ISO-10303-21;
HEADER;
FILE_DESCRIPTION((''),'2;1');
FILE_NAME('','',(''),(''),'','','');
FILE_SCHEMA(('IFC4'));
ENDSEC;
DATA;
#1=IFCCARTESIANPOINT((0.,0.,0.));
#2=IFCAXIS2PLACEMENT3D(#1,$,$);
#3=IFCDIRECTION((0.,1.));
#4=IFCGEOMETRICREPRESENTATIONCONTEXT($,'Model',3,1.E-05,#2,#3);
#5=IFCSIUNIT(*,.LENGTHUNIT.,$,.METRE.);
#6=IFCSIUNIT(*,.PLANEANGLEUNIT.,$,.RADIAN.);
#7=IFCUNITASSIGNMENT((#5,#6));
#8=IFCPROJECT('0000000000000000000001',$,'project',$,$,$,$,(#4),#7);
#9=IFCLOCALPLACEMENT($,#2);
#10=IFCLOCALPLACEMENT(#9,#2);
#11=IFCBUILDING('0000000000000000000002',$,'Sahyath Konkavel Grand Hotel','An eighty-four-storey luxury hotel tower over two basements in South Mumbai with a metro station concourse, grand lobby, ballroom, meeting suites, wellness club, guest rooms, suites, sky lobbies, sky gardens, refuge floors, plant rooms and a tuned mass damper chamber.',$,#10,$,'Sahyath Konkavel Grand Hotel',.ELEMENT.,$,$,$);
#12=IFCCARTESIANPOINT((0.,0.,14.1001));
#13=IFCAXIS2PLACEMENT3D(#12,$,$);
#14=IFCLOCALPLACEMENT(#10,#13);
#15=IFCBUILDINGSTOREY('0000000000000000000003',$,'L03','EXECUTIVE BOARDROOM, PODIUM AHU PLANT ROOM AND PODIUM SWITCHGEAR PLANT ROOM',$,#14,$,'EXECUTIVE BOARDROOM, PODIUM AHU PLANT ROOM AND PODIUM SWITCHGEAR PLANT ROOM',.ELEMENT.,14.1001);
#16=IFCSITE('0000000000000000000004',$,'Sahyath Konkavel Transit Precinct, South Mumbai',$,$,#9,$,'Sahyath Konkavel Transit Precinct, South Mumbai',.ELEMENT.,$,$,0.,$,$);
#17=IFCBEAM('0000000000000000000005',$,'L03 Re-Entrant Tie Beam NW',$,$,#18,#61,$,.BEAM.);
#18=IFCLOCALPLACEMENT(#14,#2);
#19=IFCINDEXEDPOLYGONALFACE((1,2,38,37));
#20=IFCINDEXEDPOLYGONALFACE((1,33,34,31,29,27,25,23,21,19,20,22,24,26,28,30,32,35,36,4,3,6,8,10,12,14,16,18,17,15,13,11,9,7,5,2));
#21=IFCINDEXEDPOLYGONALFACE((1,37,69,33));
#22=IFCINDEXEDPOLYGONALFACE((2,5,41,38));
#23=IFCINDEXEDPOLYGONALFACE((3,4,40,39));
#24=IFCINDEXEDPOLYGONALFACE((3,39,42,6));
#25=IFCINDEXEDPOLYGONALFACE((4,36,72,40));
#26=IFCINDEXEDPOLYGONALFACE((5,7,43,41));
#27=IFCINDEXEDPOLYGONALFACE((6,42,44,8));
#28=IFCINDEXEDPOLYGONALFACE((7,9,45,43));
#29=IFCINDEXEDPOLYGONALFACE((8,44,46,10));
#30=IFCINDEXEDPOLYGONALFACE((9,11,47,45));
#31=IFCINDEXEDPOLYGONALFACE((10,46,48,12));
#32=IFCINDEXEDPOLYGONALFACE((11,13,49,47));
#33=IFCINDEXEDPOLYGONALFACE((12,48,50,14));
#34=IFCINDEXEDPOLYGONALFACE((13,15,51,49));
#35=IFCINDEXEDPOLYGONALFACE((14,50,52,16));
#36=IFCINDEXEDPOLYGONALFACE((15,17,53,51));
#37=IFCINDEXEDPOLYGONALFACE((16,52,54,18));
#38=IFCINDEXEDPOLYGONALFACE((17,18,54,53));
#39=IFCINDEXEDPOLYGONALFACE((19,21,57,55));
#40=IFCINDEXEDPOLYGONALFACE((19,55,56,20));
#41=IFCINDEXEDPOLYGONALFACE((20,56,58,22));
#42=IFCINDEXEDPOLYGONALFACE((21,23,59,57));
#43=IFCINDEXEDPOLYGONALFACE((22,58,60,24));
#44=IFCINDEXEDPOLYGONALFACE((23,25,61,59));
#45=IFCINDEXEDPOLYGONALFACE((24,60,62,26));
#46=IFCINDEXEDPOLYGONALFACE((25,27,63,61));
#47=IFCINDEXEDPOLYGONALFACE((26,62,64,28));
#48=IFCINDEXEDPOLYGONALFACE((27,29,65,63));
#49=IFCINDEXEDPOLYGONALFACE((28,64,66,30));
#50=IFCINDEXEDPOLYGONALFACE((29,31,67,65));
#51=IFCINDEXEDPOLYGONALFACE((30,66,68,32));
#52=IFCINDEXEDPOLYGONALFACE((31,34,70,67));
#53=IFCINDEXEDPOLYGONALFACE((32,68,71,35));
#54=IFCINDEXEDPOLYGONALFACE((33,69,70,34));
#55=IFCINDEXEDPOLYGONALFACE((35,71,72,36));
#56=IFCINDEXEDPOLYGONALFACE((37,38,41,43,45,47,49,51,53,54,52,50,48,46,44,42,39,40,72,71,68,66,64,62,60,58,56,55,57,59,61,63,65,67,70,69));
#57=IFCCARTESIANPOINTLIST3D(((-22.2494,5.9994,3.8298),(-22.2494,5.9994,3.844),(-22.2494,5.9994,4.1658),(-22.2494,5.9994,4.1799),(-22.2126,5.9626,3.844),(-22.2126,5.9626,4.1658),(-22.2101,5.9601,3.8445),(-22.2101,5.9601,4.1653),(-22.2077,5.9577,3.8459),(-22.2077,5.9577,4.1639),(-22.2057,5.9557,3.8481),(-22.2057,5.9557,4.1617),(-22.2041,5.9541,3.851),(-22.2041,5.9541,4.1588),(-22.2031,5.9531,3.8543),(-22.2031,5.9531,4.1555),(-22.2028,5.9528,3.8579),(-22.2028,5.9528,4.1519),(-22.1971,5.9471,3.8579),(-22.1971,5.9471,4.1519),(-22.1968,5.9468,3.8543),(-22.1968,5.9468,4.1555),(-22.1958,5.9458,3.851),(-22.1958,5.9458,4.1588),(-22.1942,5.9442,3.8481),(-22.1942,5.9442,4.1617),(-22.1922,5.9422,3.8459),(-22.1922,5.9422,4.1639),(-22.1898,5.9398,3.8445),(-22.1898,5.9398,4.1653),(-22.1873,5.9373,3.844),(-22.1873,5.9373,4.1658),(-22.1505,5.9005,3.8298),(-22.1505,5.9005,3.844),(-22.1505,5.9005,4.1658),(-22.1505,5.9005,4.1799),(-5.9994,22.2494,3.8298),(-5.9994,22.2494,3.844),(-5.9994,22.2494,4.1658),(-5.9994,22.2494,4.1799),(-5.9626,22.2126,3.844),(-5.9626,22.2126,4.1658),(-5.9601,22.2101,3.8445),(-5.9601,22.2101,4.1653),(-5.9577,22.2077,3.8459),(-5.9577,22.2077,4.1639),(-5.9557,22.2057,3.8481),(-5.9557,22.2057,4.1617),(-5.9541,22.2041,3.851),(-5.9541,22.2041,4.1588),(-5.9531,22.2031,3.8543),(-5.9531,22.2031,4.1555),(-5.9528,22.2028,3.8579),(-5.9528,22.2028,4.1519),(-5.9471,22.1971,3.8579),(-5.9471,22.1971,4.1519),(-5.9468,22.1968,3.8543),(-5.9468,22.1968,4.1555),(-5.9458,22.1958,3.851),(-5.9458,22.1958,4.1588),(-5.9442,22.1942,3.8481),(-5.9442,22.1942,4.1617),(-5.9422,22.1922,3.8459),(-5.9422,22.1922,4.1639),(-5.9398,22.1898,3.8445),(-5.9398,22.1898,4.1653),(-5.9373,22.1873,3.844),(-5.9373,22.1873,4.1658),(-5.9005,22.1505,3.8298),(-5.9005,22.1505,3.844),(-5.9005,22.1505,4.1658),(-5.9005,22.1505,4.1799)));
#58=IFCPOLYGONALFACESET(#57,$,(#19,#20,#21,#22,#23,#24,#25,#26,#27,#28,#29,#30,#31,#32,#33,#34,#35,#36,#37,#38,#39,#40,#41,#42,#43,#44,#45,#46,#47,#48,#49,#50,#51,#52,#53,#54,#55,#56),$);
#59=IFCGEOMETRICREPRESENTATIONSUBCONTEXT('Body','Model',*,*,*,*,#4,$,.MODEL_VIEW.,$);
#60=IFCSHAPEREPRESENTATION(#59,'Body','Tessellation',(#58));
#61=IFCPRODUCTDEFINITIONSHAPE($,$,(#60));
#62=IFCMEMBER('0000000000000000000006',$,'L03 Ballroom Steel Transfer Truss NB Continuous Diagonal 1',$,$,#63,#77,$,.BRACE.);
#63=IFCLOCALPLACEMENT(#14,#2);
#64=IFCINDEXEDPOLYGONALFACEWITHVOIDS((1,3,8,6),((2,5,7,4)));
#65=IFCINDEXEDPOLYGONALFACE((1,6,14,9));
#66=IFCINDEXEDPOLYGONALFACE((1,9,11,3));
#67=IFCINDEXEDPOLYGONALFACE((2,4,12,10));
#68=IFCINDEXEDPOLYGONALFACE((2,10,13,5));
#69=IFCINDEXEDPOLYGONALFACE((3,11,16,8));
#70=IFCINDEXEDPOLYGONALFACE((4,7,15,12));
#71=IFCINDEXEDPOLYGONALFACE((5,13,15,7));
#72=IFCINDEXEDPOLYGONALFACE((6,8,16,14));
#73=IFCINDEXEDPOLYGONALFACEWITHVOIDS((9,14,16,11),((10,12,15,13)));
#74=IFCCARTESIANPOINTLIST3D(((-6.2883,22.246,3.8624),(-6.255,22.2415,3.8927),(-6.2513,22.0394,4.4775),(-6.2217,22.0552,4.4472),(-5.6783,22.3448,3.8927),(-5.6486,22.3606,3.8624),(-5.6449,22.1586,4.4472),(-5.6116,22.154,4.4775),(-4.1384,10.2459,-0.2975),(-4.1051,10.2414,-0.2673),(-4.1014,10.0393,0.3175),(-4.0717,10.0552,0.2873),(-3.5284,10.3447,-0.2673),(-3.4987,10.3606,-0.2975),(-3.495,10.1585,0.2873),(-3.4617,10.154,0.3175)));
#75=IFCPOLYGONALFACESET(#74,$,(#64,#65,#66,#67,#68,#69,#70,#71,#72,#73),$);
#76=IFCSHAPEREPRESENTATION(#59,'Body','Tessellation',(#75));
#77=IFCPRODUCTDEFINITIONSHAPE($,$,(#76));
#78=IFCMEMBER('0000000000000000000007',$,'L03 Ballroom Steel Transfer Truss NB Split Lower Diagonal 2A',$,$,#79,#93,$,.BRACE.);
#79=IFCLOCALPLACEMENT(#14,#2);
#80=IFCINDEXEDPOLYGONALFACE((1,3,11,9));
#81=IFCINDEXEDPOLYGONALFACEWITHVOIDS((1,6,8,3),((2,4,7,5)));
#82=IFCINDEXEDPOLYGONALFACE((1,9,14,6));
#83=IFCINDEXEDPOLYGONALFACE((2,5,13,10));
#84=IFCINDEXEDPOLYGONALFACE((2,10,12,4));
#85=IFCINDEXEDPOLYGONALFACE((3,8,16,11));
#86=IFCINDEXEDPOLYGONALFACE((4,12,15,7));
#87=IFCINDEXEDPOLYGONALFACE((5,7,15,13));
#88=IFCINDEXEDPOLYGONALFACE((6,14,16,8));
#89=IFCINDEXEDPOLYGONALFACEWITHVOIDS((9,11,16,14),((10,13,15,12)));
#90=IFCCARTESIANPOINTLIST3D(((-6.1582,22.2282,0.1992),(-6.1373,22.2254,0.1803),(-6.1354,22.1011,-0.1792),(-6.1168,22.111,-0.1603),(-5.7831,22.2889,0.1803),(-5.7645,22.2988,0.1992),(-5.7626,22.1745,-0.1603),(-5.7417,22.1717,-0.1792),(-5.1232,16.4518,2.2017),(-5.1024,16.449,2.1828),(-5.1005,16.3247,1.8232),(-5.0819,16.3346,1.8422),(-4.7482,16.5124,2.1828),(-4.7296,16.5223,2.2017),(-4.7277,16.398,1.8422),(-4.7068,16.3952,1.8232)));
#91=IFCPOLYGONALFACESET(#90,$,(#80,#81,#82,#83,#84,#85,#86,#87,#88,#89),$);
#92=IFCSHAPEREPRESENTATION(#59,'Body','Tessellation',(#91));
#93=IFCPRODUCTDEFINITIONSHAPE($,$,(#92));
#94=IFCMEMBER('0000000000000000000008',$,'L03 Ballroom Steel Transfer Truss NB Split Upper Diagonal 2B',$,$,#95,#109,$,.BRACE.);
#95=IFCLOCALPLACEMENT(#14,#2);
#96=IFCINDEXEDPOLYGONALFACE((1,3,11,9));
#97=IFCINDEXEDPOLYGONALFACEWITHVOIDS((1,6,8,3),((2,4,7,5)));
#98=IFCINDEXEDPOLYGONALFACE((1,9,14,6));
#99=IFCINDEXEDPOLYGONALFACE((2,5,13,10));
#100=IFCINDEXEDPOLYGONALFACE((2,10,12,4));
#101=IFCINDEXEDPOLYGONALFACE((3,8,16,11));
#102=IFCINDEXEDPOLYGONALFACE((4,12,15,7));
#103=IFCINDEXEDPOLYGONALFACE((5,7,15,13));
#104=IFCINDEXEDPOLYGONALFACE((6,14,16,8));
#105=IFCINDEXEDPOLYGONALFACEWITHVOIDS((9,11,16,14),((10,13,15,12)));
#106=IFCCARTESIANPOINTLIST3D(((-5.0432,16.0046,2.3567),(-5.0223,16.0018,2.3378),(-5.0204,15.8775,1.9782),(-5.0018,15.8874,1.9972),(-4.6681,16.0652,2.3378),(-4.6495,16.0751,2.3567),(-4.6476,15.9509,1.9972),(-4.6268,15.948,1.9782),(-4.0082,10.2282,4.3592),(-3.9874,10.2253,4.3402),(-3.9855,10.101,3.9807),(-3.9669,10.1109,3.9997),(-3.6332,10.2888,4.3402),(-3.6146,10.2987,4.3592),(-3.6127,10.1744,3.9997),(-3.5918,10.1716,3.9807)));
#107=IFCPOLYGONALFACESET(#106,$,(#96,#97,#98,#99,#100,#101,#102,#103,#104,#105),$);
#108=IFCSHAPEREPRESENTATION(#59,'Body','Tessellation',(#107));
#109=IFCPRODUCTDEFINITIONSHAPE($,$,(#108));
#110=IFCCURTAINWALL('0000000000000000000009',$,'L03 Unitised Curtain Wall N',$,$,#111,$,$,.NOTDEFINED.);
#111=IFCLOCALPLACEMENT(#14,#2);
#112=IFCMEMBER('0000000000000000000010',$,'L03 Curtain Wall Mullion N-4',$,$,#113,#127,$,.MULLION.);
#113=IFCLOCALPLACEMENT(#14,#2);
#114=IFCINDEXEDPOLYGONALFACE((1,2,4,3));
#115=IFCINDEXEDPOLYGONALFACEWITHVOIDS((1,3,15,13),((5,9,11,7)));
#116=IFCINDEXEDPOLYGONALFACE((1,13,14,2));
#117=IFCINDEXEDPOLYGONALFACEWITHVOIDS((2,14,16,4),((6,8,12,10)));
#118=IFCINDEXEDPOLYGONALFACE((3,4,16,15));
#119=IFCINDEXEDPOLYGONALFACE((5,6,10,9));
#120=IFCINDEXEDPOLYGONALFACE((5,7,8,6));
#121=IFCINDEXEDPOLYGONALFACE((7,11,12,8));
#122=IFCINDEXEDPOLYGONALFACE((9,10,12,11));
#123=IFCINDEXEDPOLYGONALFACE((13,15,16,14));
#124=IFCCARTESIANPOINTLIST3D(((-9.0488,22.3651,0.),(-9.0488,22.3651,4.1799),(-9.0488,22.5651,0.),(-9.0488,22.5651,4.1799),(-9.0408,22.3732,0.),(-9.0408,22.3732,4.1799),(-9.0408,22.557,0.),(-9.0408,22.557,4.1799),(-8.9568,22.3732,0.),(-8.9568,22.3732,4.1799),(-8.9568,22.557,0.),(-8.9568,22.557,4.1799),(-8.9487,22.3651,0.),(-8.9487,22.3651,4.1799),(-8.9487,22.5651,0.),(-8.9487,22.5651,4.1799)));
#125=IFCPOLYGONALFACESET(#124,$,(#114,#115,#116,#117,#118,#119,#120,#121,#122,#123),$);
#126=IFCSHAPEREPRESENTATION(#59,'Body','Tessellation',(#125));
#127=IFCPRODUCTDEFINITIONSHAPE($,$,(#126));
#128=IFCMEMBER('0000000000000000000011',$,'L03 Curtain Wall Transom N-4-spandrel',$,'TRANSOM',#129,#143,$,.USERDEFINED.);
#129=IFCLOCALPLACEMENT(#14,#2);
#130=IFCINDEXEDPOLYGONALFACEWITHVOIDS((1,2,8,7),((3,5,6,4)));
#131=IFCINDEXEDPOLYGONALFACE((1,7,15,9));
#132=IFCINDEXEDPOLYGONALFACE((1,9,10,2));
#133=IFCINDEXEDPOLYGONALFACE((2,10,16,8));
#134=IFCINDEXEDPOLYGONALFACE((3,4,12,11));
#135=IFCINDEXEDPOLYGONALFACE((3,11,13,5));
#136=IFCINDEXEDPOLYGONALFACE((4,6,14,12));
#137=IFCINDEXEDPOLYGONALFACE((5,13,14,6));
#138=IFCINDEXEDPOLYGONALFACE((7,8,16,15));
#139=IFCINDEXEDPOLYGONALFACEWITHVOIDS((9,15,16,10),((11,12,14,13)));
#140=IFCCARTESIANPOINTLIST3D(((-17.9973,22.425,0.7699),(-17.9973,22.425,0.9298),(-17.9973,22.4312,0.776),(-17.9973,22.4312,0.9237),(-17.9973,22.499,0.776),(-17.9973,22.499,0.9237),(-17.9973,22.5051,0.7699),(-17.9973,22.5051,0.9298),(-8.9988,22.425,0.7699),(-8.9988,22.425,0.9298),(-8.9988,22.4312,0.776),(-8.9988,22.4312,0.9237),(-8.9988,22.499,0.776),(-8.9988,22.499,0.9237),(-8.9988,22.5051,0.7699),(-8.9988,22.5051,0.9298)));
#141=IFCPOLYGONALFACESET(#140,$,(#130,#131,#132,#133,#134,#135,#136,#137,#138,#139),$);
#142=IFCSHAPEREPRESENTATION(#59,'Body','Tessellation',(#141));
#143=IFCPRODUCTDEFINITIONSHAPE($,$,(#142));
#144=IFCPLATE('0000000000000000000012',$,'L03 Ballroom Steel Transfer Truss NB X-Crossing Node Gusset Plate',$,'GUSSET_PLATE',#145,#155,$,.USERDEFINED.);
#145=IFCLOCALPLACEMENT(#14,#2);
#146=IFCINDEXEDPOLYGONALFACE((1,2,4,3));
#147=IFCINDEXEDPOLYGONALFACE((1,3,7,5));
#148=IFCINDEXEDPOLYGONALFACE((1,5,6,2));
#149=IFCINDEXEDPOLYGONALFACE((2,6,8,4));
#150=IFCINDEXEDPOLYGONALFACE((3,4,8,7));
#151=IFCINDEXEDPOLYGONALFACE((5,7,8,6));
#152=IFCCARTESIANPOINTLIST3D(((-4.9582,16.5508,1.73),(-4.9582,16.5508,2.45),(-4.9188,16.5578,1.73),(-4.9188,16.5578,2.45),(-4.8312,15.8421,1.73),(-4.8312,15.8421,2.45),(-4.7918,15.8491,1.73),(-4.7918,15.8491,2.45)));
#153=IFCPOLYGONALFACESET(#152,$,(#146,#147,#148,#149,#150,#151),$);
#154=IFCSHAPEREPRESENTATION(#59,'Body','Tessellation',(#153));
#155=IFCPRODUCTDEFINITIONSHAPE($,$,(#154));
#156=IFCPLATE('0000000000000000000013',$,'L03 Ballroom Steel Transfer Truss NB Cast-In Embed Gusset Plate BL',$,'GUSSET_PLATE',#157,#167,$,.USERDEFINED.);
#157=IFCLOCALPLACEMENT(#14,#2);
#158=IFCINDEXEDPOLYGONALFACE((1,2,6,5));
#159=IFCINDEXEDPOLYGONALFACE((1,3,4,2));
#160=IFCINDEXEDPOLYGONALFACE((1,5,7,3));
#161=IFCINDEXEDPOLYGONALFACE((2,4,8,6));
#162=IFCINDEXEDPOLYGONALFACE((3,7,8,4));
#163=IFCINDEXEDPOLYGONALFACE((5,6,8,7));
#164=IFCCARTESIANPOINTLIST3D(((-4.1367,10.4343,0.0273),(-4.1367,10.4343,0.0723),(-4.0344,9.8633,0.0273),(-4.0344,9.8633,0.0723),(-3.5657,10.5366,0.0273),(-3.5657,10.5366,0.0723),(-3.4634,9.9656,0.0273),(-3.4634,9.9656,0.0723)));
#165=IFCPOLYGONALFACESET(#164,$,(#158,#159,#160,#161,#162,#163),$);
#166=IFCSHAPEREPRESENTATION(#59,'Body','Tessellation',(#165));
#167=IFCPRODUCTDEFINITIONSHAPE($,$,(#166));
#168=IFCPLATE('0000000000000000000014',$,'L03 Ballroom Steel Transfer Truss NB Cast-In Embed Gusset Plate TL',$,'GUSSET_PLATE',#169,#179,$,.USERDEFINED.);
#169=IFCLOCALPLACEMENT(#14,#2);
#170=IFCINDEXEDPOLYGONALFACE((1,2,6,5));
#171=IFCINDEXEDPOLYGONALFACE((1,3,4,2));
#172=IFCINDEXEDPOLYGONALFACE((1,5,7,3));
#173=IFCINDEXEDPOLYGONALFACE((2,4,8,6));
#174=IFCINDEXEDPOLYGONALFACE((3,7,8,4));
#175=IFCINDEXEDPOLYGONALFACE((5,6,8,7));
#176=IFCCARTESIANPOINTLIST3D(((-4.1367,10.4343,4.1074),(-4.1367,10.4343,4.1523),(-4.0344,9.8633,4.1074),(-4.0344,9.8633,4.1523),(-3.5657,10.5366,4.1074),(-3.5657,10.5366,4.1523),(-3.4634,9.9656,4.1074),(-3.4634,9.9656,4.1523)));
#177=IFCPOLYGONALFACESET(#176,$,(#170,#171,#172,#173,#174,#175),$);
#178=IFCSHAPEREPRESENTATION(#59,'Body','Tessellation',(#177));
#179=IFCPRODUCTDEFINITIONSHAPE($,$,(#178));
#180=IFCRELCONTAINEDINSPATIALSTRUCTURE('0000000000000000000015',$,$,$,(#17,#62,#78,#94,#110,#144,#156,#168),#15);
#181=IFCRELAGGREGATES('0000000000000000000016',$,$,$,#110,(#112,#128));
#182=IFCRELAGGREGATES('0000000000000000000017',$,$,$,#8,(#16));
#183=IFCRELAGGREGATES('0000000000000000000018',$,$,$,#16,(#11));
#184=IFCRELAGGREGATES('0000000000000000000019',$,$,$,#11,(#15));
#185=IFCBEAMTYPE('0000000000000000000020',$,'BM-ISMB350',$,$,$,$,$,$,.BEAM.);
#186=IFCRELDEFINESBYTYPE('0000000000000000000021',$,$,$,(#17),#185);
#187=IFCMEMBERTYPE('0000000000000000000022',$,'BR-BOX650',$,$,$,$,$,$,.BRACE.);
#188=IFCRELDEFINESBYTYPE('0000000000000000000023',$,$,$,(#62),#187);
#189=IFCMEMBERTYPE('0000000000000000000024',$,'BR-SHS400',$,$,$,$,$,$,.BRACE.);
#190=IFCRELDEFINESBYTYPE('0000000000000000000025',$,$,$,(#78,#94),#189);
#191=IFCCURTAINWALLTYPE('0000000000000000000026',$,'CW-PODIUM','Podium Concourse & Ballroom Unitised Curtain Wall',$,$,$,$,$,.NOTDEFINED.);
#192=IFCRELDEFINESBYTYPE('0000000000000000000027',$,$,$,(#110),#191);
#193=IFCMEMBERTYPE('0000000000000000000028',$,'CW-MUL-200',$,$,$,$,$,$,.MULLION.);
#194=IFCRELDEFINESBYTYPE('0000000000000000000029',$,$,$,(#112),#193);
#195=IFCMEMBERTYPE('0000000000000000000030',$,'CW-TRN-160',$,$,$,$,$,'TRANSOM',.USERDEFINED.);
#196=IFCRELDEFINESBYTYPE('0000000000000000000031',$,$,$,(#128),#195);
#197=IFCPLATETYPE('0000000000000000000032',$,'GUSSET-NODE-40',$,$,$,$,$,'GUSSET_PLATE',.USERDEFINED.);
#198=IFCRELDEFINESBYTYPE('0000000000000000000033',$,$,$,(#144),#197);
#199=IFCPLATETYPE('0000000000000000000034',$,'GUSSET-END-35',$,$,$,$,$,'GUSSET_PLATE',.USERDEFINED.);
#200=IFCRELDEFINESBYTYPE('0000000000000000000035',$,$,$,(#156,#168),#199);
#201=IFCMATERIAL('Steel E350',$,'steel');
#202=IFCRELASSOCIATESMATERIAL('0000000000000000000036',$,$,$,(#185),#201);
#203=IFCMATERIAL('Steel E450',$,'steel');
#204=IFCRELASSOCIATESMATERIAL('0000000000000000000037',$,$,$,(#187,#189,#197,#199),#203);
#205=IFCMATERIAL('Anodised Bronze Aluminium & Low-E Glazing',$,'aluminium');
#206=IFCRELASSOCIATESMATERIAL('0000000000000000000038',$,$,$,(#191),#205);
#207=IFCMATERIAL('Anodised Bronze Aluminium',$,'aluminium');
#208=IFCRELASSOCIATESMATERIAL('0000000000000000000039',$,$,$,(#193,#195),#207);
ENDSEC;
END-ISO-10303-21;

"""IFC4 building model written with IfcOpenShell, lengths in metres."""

from ifc_helpers import new_model, si_unit, direction, frame, origin, origin_2d, place, context, subcontext, project, spatial, rectangle, hollow_rectangle, i_section, extrude, source, transform, mapped, material, material_profile, profile_set, type_object, element, aggregate, save


model = new_model("IFC4")

# Units and contexts
model_context = context("Model", 3, precision=1e-05, world=origin(), true_north=direction((0.0, 1.0)))
body_context = subcontext(model_context, "Body", "Model", "MODEL_VIEW")
ifc_project = project(units=[si_unit("LENGTHUNIT", "METRE"), si_unit("PLANEANGLEUNIT", "RADIAN")], contexts=[model_context])

# Site, building, storey
site_placement = place(None, origin())
site = spatial("IfcSite", under=ifc_project, at=site_placement, Name="Sahyath Konkavel Transit Precinct, South Mumbai", LongName="Sahyath Konkavel Transit Precinct, South Mumbai", CompositionType="ELEMENT", RefElevation=0.0)
building_placement = place(site_placement, origin())
building = spatial("IfcBuilding", under=site, at=building_placement, Name="Sahyath Konkavel Grand Hotel", Description="An eighty-four-storey luxury hotel tower over two basements in South Mumbai with a metro station concourse, grand lobby, ballroom, meeting suites, wellness club, guest rooms, suites, sky lobbies, sky gardens, refuge floors, plant rooms and a tuned mass damper chamber.", LongName="Sahyath Konkavel Grand Hotel", CompositionType="ELEMENT")
storey_placement = place(building_placement, frame((0.0, 0.0, 14.1001)))
storey = spatial("IfcBuildingStorey", under=building, at=storey_placement, Name="L03", Description="EXECUTIVE BOARDROOM, PODIUM AHU PLANT ROOM AND PODIUM SWITCHGEAR PLANT ROOM", LongName="EXECUTIVE BOARDROOM, PODIUM AHU PLANT ROOM AND PODIUM SWITCHGEAR PLANT ROOM", CompositionType="ELEMENT", Elevation=14.1001)

# Shared definitions
ifc_material_1 = material(Name="Steel E450", Category="steel")

# Beam
ifc_material_2 = material(Name="Steel E350", Category="steel")
ifc_material_profile_1 = material_profile(ifc_material_2, i_section(OverallWidth=0.1399, OverallDepth=0.3501, WebThickness=0.0081, FlangeThickness=0.0142, FilletRadius=0.0139, at=origin_2d()), Name="ISMB 350")
ifc_profile_set_1 = profile_set([ifc_material_profile_1], Name="Steel E350")
beam_type_1 = type_object("IfcBeamType", Name="BM-ISMB350", PredefinedType="BEAM", material=ifc_profile_set_1)
shared_shape_1 = source(origin(), body_context, "Body", "SweptSolid", [
    extrude(i_section(OverallWidth=0.1399, OverallDepth=0.3501, WebThickness=0.0081, FlangeThickness=0.0142, FilletRadius=0.0139, at=origin_2d()), origin(), (0.0, 0.0, 1.0), 22.981),
])
beam_1_placement = place(storey_placement, frame((-5.95, 22.2, 4.0049), z_axis=(-0.707107, -0.707107, 0.0), x_axis=(0.707107, -0.707107, 0.0)))
element("IfcBeam", 1, at=beam_1_placement, inside=storey, type_object=beam_type_1, Name="L03 Re-Entrant Tie Beam NW", PredefinedType="BEAM", context=body_context, shape_type="MappedRepresentation", body=[
    mapped(shared_shape_1, transform((0.0, 0.0, 0.0), scale=1.0)),
])

# Members
ifc_material_profile_2 = material_profile(ifc_material_1, hollow_rectangle(XDim=0.6499, YDim=0.6499, WallThickness=0.032, at=origin_2d()), Name="BOX 650x650x32")
ifc_profile_set_2 = profile_set([ifc_material_profile_2], Name="Steel E450")
member_type_1 = type_object("IfcMemberType", Name="BR-BOX650", PredefinedType="BRACE", material=ifc_profile_set_2)
shared_shape_2 = source(origin(), body_context, "Body", "SweptSolid", [
    extrude(hollow_rectangle(XDim=0.6499, YDim=0.6499, WallThickness=0.032, at=origin_2d()), origin(), (0.0, 0.0, 1.0), 12.8813),
])
member_1_placement = place(storey_placement, frame((-3.8, 10.2, 0.01), z_axis=(-0.166902, 0.931586, 0.322943), x_axis=(-0.984327, -0.176351, 0.0)))
element("IfcMember", 2, at=member_1_placement, inside=storey, type_object=member_type_1, Name="L03 Ballroom Steel Transfer Truss NB Continuous Diagonal 1", PredefinedType="BRACE", context=body_context, shape_type="MappedRepresentation", body=[
    mapped(shared_shape_2, transform((0.0, 0.0, 0.0), scale=1.0)),
])
ifc_material_profile_3 = material_profile(ifc_material_1, hollow_rectangle(XDim=0.3999, YDim=0.3999, WallThickness=0.02, at=origin_2d()), Name="SHS 400x400x20")
ifc_profile_set_3 = profile_set([ifc_material_profile_3], Name="Steel E450")
member_type_2 = type_object("IfcMemberType", Name="BR-SHS400", PredefinedType="BRACE", material=ifc_profile_set_3)
shared_shape_3 = source(origin(), body_context, "Body", "SweptSolid", [
    extrude(hollow_rectangle(XDim=0.3999, YDim=0.3999, WallThickness=0.02, at=origin_2d()), origin(), (0.0, 0.0, 1.0), 6.2007),
])
for number, where, z_axis, x_axis, name in (
    (3, (-5.95, 22.2, 0.01), (0.166906, -0.931584, 0.322944), (0.984327, 0.176355, 0.0), "L03 Ballroom Steel Transfer Truss NB Split Lower Diagonal 2A"),
    (4, (-4.835, 15.9763, 2.1675), (0.166906, -0.931584, 0.322944), (0.984327, 0.176355, 0.0), "L03 Ballroom Steel Transfer Truss NB Split Upper Diagonal 2B"),
):
    element("IfcMember", number, at=place(storey_placement, frame(where, z_axis=z_axis, x_axis=x_axis)), inside=storey, type_object=member_type_2, Name=name, PredefinedType="BRACE", context=body_context, shape_type="MappedRepresentation", body=[
        mapped(shared_shape_3, transform((0.0, 0.0, 0.0), scale=1.0)),
    ])

# Curtain wall, members
ifc_material_3 = material(Name="Anodised Bronze Aluminium & Low-E Glazing", Category="aluminium")
curtain_wall_type = type_object("IfcCurtainWallType", Name="CW-PODIUM", Description="Podium Concourse & Ballroom Unitised Curtain Wall", PredefinedType="NOTDEFINED", material=ifc_material_3)
curtain_wall_placement = place(storey_placement, origin())
curtain_wall = element("IfcCurtainWall", 5, at=curtain_wall_placement, inside=storey, type_object=curtain_wall_type, Name="L03 Unitised Curtain Wall N", PredefinedType="NOTDEFINED")
ifc_material_4 = material(Name="Anodised Bronze Aluminium", Category="aluminium")
ifc_material_profile_4 = material_profile(ifc_material_4, hollow_rectangle(XDim=0.1001, YDim=0.2, WallThickness=0.0081, at=origin_2d()), Name="RHS 200x100x8")
ifc_profile_set_4 = profile_set([ifc_material_profile_4], Name="Anodised Bronze Aluminium")
member_type_3 = type_object("IfcMemberType", Name="CW-MUL-200", PredefinedType="MULLION", material=ifc_profile_set_4)
shared_shape_4 = source(origin(), body_context, "Body", "SweptSolid", [
    extrude(hollow_rectangle(XDim=0.1001, YDim=0.2, WallThickness=0.0081, at=origin_2d()), origin(), (0.0, 0.0, 1.0), 4.1799),
])
member_2_placement = place(storey_placement, frame((-8.9988, 22.4651, 0.0), z_axis=(0.0, 0.0, 1.0), x_axis=(1.0, 0.0, 0.0)))
member_2 = element("IfcMember", 6, at=member_2_placement, type_object=member_type_3, Name="L03 Curtain Wall Mullion N-4", PredefinedType="MULLION", context=body_context, shape_type="MappedRepresentation", body=[
    mapped(shared_shape_4, transform((0.0, 0.0, 0.0), scale=1.0)),
])
ifc_material_profile_5 = material_profile(ifc_material_4, hollow_rectangle(XDim=0.0801, YDim=0.1599, WallThickness=0.0061, at=origin_2d()), Name="RHS 160x80x6")
ifc_profile_set_5 = profile_set([ifc_material_profile_5], Name="Anodised Bronze Aluminium")
member_type_4 = type_object("IfcMemberType", Name="CW-TRN-160", ElementType="TRANSOM", PredefinedType="USERDEFINED", material=ifc_profile_set_5)
shared_shape_5 = source(origin(), body_context, "Body", "SweptSolid", [
    extrude(hollow_rectangle(XDim=0.0801, YDim=0.1599, WallThickness=0.0061, at=origin_2d()), origin(), (0.0, 0.0, 1.0), 8.9985),
])
member_3_placement = place(storey_placement, frame((-8.9988, 22.4651, 0.8499), z_axis=(-1.0, 0.0, 0.0), x_axis=(0.0, -1.0, 0.0)))
member_3 = element("IfcMember", 7, at=member_3_placement, type_object=member_type_4, Name="L03 Curtain Wall Transom N-4-spandrel", ObjectType="TRANSOM", PredefinedType="USERDEFINED", context=body_context, shape_type="MappedRepresentation", body=[
    mapped(shared_shape_5, transform((0.0, 0.0, 0.0), scale=1.0)),
])

# Plates
plate_type_1 = type_object("IfcPlateType", Name="GUSSET-NODE-40", ElementType="GUSSET_PLATE", PredefinedType="USERDEFINED", material=ifc_material_1)
shared_shape_6 = source(origin(), body_context, "Body", "SweptSolid", [
    extrude(rectangle(XDim=0.72, YDim=0.04, at=origin_2d()), origin(), (0.0, 0.0, 1.0), 0.72),
])
plate_1_placement = place(storey_placement, frame((-4.875, 16.2, 1.73), z_axis=(0.0, 0.0, 1.0), x_axis=(-0.176363, 0.984325, 0.0)))
element("IfcPlate", 8, at=plate_1_placement, inside=storey, type_object=plate_type_1, Name="L03 Ballroom Steel Transfer Truss NB X-Crossing Node Gusset Plate", ObjectType="GUSSET_PLATE", PredefinedType="USERDEFINED", context=body_context, shape_type="MappedRepresentation", body=[
    mapped(shared_shape_6, transform((0.0, 0.0, 0.0), scale=1.0)),
])
plate_type_2 = type_object("IfcPlateType", Name="GUSSET-END-35", ElementType="GUSSET_PLATE", PredefinedType="USERDEFINED", material=ifc_material_1)
shared_shape_7 = source(origin(), body_context, "Body", "SweptSolid", [
    extrude(rectangle(XDim=0.5801, YDim=0.5801, at=origin_2d()), origin(), (0.0, 0.0, 1.0), 0.0449),
])
for number, where, z_axis, x_axis, name in (
    (9, (-3.8, 10.2, 0.0273), (0.0, 0.0, 1.0), (-0.176363, 0.984325, 0.0), "L03 Ballroom Steel Transfer Truss NB Cast-In Embed Gusset Plate BL"),
    (10, (-3.8, 10.2, 4.1074), (0.0, 0.0, 1.0), (-0.176363, 0.984325, 0.0), "L03 Ballroom Steel Transfer Truss NB Cast-In Embed Gusset Plate TL"),
):
    element("IfcPlate", number, at=place(storey_placement, frame(where, z_axis=z_axis, x_axis=x_axis)), inside=storey, type_object=plate_type_2, Name=name, ObjectType="GUSSET_PLATE", PredefinedType="USERDEFINED", context=body_context, shape_type="MappedRepresentation", body=[
        mapped(shared_shape_7, transform((0.0, 0.0, 0.0), scale=1.0)),
    ])

aggregate(curtain_wall, [member_2, member_3])

save(model, "model.ifc")
